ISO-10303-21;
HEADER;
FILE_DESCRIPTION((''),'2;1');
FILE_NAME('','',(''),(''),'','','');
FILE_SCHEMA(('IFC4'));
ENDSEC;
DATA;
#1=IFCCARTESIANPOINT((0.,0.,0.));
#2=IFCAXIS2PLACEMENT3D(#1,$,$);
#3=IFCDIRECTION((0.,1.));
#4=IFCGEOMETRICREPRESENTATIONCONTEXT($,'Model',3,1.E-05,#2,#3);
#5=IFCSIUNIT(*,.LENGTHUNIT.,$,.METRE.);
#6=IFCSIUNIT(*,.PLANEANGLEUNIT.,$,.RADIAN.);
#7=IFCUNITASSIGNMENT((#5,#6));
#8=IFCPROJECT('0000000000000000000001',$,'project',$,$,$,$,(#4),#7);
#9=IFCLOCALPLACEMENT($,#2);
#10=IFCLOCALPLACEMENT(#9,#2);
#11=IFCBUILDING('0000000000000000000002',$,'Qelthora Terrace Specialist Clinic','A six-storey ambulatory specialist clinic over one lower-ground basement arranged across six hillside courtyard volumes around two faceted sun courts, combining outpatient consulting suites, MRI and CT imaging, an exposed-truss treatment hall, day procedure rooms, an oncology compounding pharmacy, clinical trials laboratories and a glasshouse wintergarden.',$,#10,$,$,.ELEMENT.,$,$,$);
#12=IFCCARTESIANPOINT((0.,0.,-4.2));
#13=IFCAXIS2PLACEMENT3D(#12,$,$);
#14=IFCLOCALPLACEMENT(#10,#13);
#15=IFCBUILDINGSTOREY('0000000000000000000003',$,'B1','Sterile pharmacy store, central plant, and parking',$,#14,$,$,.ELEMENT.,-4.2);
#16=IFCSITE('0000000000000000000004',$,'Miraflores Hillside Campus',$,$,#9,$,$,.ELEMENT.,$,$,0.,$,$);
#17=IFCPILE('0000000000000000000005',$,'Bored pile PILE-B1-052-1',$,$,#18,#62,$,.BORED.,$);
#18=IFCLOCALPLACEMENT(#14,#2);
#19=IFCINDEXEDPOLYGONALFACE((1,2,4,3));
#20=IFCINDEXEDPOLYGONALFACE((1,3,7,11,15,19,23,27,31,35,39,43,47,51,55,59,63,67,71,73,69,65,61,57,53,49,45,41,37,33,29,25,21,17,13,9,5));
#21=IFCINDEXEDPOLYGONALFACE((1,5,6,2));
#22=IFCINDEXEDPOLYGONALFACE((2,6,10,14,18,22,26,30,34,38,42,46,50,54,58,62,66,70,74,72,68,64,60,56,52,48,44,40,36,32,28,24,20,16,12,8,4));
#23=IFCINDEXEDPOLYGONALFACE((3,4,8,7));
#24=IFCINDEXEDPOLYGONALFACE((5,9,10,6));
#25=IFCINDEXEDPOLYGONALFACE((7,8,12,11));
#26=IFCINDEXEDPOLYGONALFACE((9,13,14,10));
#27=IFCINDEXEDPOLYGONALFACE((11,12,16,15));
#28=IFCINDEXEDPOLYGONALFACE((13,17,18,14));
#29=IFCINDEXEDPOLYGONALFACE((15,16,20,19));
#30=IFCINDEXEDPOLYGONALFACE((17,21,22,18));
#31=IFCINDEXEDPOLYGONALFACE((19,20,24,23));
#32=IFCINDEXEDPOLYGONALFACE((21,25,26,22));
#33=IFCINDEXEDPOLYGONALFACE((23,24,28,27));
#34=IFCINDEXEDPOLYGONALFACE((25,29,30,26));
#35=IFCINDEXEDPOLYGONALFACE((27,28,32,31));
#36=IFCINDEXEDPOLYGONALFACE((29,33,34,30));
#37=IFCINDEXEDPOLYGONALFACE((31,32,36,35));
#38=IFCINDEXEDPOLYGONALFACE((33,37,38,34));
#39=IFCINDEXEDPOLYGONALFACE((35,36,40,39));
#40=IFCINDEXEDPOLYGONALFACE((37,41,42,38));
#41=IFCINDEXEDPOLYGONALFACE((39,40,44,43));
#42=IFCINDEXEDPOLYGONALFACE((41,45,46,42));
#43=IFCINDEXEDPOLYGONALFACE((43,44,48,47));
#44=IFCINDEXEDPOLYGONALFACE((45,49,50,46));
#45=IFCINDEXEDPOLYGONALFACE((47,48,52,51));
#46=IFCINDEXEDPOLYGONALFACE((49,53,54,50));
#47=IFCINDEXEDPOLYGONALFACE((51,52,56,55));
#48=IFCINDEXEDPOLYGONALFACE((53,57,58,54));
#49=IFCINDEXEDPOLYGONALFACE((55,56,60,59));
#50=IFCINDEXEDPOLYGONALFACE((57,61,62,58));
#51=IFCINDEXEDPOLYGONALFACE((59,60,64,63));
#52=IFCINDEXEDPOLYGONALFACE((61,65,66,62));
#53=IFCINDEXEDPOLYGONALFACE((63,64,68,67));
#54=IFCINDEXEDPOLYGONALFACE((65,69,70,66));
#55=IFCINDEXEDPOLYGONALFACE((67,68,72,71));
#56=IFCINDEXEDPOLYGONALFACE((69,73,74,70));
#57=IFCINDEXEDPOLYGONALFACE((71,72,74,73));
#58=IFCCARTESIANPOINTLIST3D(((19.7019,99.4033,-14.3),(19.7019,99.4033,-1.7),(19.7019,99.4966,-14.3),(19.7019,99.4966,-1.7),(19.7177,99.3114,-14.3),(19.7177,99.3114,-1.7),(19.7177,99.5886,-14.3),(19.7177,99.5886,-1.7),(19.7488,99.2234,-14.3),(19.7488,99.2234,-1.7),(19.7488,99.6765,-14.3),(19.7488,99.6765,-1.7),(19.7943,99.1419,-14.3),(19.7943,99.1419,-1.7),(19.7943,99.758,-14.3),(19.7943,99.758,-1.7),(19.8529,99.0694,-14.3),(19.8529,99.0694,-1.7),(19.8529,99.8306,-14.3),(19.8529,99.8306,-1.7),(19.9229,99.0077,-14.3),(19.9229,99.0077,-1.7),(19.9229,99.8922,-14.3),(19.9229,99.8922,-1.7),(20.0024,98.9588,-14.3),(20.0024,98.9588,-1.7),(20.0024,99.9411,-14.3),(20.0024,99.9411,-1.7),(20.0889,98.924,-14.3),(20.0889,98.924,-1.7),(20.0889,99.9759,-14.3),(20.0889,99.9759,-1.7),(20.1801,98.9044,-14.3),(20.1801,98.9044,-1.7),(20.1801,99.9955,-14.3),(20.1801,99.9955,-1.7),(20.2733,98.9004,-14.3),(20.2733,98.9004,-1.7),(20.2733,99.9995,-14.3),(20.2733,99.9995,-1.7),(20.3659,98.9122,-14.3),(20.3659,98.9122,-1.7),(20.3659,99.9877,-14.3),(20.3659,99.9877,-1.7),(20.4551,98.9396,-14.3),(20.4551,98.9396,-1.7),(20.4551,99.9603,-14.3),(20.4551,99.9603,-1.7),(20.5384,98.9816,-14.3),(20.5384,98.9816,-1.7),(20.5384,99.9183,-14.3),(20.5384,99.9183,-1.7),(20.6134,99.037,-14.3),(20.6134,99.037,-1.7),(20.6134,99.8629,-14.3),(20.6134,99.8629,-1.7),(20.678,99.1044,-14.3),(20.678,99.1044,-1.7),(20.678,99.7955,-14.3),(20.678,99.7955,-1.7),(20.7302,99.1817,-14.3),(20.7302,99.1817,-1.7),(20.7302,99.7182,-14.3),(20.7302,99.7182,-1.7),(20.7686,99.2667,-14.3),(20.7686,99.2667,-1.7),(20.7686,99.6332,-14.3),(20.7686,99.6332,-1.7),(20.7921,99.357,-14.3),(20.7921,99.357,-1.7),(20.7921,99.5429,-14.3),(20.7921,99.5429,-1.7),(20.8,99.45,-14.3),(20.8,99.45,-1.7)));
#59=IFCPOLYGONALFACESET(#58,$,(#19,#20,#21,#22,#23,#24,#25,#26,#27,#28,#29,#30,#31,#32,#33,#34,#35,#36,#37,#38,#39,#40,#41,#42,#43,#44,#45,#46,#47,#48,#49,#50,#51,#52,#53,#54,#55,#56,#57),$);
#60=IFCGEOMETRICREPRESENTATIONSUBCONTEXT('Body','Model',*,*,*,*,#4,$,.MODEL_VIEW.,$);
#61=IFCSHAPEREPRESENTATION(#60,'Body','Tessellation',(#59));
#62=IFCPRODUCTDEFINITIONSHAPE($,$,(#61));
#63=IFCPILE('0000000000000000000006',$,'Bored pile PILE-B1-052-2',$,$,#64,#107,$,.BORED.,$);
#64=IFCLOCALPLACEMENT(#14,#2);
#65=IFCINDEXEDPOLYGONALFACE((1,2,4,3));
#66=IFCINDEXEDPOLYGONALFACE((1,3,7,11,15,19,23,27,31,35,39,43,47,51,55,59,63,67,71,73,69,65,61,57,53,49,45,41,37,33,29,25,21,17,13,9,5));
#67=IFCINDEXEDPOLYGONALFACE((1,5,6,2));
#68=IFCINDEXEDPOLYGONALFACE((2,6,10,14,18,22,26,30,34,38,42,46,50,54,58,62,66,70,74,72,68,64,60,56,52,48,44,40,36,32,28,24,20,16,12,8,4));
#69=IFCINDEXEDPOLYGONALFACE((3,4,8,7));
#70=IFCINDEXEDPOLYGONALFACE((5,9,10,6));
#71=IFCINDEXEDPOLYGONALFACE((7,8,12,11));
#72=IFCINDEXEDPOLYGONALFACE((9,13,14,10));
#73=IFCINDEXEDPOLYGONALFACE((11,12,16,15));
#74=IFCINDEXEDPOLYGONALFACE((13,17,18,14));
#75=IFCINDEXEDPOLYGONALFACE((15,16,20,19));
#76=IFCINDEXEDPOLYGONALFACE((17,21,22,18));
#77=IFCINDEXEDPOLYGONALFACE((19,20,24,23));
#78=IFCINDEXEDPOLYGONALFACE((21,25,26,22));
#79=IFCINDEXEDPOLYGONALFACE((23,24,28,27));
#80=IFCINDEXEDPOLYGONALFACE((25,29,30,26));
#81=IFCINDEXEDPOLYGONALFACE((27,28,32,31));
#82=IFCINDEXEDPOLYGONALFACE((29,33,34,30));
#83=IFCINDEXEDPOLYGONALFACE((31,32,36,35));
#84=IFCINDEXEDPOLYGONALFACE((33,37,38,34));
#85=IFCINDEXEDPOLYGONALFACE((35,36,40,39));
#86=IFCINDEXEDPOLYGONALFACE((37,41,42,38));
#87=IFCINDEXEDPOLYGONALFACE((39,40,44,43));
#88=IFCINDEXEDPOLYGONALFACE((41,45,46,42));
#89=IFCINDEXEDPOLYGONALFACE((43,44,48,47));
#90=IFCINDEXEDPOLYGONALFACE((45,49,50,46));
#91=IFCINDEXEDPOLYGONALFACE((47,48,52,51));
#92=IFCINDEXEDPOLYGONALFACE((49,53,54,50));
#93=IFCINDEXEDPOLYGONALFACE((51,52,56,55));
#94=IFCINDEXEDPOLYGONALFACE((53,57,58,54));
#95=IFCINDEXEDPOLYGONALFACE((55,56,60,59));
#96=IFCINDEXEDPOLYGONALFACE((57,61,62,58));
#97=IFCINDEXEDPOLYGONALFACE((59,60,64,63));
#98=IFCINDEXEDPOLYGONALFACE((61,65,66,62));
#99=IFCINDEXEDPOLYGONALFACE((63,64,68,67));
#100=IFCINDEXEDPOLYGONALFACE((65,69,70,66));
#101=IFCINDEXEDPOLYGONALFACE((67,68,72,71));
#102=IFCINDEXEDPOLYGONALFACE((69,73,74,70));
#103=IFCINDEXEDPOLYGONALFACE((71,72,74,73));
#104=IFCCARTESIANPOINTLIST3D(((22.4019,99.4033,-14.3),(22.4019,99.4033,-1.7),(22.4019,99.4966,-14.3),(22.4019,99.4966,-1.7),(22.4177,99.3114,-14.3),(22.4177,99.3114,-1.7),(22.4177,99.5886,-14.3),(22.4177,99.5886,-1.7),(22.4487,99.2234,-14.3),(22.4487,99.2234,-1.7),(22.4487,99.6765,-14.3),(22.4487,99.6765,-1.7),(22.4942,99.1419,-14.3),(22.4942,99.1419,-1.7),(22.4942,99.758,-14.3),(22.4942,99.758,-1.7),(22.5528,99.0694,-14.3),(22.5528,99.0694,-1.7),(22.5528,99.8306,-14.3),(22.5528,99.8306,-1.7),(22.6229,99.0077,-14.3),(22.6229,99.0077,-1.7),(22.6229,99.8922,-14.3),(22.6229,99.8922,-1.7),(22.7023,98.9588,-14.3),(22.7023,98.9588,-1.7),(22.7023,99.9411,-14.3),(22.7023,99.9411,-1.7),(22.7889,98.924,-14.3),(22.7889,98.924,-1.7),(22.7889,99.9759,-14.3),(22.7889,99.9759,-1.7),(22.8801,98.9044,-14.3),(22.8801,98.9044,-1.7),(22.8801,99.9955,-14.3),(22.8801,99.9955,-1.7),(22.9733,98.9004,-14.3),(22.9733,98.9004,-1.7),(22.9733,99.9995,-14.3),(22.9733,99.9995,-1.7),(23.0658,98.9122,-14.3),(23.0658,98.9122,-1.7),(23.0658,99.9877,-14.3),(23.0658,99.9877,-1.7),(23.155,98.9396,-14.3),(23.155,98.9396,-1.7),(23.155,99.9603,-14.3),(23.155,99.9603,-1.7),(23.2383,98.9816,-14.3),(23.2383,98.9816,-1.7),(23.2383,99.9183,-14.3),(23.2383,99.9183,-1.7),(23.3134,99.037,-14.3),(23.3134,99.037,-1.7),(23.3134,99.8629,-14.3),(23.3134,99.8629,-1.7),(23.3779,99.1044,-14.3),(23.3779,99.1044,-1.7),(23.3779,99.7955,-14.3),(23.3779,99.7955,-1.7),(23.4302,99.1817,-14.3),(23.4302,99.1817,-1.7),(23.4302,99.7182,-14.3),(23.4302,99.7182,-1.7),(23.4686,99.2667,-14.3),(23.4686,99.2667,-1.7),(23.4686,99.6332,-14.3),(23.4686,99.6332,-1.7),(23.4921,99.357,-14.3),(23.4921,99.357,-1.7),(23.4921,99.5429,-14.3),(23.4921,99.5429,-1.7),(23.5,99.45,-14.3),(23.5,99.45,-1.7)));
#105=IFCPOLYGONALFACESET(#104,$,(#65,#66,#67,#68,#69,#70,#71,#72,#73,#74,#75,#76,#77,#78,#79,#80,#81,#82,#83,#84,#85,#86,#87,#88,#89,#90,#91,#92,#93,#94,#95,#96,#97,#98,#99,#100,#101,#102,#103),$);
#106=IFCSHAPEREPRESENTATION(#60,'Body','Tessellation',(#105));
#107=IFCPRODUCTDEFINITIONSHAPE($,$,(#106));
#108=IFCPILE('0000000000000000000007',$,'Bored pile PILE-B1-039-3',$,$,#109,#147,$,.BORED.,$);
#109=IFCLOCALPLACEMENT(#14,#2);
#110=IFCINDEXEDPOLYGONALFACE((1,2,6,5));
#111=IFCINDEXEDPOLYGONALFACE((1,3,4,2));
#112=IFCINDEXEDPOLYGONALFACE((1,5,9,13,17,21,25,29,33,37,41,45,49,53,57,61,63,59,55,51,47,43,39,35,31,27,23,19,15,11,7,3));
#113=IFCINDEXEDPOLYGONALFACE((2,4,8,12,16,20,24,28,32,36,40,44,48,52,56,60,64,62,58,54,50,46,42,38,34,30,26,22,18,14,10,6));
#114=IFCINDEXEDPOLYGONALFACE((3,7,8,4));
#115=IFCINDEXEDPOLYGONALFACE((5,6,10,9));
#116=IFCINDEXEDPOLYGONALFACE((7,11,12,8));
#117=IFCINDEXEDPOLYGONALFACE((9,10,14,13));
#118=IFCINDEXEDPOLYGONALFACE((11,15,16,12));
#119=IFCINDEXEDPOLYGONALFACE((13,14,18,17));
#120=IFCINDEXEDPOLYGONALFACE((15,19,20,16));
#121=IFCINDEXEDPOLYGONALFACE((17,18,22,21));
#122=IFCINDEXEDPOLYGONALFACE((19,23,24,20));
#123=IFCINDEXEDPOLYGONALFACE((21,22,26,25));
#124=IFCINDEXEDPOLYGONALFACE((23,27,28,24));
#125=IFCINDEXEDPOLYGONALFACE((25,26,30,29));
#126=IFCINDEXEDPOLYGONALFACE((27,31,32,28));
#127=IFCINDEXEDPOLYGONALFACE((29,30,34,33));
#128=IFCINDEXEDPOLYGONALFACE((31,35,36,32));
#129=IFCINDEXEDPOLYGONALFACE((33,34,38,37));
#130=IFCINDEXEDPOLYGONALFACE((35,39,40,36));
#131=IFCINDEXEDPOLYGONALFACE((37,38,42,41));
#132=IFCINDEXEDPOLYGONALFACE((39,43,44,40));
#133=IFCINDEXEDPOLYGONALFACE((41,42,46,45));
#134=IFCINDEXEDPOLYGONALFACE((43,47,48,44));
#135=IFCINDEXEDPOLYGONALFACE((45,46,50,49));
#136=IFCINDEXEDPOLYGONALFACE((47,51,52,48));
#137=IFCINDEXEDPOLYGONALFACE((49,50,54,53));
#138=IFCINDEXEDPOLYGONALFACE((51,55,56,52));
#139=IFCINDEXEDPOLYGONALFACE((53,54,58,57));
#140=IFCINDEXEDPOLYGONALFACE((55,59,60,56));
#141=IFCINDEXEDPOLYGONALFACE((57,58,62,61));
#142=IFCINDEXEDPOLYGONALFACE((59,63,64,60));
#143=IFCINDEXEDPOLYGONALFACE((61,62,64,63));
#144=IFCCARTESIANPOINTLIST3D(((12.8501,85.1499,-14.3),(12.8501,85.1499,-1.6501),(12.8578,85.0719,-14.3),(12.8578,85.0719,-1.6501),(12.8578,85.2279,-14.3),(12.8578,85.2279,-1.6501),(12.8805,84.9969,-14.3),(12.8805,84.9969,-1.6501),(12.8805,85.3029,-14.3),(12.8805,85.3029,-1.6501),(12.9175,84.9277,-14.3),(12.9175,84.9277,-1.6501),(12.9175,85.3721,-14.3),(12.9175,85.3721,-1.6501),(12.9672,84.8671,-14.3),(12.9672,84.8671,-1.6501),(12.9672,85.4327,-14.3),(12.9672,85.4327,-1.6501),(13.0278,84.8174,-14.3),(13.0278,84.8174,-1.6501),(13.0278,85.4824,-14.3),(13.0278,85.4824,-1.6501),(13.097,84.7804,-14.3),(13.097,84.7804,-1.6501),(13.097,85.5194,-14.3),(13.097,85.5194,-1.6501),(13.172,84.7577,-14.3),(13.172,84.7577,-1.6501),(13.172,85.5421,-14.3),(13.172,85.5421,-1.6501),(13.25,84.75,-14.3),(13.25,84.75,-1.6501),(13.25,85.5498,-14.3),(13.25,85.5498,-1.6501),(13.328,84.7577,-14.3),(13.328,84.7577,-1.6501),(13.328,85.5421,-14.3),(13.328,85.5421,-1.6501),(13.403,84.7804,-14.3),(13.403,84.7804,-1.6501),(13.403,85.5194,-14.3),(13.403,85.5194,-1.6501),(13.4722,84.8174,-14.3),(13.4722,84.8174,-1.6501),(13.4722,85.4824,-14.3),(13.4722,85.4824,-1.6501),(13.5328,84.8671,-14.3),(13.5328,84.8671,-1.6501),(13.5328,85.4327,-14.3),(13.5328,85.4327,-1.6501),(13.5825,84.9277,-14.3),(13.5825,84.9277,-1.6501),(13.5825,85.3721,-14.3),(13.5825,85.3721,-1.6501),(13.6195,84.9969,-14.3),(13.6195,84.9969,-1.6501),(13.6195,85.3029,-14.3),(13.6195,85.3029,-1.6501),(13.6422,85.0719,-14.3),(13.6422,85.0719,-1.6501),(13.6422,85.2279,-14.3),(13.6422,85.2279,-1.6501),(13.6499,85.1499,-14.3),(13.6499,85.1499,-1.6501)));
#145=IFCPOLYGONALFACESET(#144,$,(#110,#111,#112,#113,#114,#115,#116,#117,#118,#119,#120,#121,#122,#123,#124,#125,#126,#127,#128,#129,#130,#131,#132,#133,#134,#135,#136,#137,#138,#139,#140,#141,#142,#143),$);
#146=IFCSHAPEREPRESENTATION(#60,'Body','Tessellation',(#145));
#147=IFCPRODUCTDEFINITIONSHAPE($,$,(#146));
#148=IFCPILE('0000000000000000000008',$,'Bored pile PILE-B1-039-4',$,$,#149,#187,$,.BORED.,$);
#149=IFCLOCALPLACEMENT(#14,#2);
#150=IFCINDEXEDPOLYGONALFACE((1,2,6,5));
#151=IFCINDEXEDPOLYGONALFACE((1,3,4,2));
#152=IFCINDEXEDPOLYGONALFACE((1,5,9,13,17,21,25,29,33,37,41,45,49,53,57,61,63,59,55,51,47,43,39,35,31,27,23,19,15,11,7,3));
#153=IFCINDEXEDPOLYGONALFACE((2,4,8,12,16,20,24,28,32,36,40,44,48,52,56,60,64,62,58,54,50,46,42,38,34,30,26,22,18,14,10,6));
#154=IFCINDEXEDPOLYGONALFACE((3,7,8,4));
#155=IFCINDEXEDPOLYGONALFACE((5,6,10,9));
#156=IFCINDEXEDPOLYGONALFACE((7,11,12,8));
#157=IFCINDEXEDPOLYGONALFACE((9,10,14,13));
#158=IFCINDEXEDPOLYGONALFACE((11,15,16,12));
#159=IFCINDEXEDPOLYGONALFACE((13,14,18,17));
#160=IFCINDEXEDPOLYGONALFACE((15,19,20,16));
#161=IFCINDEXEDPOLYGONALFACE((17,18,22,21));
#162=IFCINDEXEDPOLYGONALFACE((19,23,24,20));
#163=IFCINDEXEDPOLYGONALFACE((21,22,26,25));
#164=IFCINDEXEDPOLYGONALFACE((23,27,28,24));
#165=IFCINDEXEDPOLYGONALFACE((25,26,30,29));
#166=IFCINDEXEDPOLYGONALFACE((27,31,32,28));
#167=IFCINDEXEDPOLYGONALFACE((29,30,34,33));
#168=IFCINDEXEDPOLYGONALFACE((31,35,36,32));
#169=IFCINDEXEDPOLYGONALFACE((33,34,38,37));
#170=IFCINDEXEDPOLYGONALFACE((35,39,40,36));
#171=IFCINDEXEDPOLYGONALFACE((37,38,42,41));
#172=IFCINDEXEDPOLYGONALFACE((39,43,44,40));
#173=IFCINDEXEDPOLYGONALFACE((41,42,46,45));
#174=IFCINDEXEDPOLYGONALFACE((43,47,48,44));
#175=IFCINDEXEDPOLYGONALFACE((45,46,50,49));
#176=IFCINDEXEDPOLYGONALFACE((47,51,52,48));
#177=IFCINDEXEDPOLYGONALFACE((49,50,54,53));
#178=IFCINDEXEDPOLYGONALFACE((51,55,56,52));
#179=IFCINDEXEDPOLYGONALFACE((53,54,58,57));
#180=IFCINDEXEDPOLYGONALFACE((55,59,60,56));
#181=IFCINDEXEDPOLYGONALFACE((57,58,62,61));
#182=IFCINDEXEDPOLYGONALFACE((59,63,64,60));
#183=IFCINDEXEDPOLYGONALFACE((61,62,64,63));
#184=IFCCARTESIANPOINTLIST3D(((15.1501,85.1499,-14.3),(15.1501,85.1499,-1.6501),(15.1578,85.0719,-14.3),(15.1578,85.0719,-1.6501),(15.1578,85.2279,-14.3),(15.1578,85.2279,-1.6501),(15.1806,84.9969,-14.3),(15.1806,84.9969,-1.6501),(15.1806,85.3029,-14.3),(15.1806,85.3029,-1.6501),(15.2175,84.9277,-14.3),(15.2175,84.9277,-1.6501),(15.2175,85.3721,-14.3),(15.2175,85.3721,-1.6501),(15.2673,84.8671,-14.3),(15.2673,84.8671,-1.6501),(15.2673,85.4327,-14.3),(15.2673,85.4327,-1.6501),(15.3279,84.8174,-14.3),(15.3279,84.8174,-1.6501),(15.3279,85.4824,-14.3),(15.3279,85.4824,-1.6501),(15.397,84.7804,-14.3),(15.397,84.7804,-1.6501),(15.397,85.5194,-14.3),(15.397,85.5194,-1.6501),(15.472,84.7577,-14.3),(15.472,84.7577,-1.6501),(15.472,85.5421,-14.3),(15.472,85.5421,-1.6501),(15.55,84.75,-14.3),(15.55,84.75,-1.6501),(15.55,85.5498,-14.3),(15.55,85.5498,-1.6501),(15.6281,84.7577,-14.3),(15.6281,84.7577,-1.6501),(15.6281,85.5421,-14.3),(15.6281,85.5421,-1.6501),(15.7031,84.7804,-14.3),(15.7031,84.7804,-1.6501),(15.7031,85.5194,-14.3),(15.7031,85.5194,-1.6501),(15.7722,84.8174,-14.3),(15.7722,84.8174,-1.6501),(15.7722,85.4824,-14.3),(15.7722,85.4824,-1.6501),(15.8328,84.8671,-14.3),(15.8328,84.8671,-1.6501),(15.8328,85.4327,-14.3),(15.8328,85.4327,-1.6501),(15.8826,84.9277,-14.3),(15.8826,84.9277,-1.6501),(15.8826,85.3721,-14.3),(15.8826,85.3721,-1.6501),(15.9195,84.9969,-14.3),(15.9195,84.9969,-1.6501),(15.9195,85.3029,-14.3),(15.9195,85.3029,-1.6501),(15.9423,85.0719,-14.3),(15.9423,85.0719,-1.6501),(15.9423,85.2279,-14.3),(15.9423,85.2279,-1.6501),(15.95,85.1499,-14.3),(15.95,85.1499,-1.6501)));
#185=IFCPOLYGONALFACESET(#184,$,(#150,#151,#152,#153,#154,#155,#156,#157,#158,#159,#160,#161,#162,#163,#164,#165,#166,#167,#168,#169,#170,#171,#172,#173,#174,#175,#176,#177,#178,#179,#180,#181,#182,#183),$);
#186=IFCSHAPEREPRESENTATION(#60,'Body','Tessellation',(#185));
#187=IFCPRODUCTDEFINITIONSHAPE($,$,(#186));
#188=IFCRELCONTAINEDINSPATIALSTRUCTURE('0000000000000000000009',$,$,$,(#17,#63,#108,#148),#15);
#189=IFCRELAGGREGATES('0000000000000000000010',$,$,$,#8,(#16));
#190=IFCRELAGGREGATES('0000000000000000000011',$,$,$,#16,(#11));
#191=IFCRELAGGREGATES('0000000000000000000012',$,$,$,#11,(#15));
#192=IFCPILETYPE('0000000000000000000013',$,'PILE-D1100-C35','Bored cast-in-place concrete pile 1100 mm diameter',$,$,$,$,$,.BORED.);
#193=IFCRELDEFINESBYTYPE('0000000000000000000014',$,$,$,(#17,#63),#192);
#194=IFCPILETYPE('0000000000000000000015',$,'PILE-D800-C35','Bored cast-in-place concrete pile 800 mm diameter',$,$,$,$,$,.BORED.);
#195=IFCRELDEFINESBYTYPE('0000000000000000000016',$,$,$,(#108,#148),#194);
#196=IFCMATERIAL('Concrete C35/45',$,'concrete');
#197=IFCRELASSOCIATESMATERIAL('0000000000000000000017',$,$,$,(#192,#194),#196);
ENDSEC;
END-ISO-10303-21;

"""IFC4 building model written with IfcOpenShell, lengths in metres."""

from ifc_helpers import new_model, si_unit, direction, frame, origin, origin_2d, place, context, subcontext, project, spatial, circle, extrude, material, material_profile, profile_set, type_object, element, save


model = new_model("IFC4")

# Units and contexts
model_context = context("Model", 3, precision=1e-05, world=origin(), true_north=direction((0.0, 1.0)))
body_context = subcontext(model_context, "Body", "Model", "MODEL_VIEW")
ifc_project = project(units=[si_unit("LENGTHUNIT", "METRE"), si_unit("PLANEANGLEUNIT", "RADIAN")], contexts=[model_context])

# Site, building, storey
site_placement = place(None, origin())
site = spatial("IfcSite", under=ifc_project, at=site_placement, Name="Miraflores Hillside Campus", CompositionType="ELEMENT", RefElevation=0.0)
building_placement = place(site_placement, origin())
building = spatial("IfcBuilding", under=site, at=building_placement, Name="Qelthora Terrace Specialist Clinic", Description="A six-storey ambulatory specialist clinic over one lower-ground basement arranged across six hillside courtyard volumes around two faceted sun courts, combining outpatient consulting suites, MRI and CT imaging, an exposed-truss treatment hall, day procedure rooms, an oncology compounding pharmacy, clinical trials laboratories and a glasshouse wintergarden.", CompositionType="ELEMENT")
storey_placement = place(building_placement, frame((0.0, 0.0, -4.2)))
storey = spatial("IfcBuildingStorey", under=building, at=storey_placement, Name="B1", Description="Sterile pharmacy store, central plant, and parking", CompositionType="ELEMENT", Elevation=-4.2)

# Shared definitions
ifc_material_1 = material(Name="Concrete C35/45", Category="concrete")

# Piles
ifc_material_profile_1 = material_profile(ifc_material_1, circle(Radius=0.55, at=origin_2d()), Name="PILE1100")
ifc_profile_set_1 = profile_set([ifc_material_profile_1], Name="Concrete C35/45")
pile_type_1 = type_object("IfcPileType", Name="PILE-D1100-C35", Description="Bored cast-in-place concrete pile 1100 mm diameter", PredefinedType="BORED", material=ifc_profile_set_1)
for number, where, z_axis, x_axis, name in (
    (1, (20.25, 99.45, -1.7), (0.0, 0.0, -1.0), (1.0, 0.0, 0.0), "Bored pile PILE-B1-052-1"),
    (2, (22.95, 99.45, -1.7), (0.0, 0.0, -1.0), (1.0, 0.0, 0.0), "Bored pile PILE-B1-052-2"),
):
    element("IfcPile", number, at=place(storey_placement, frame(where, z_axis=z_axis, x_axis=x_axis)), inside=storey, type_object=pile_type_1, Name=name, PredefinedType="BORED", context=body_context, shape_type="SweptSolid", body=[
        extrude(circle(Radius=0.55, at=origin_2d()), origin(), (0.0, 0.0, 1.0), 12.6001),
    ])
ifc_material_profile_2 = material_profile(ifc_material_1, circle(Radius=0.3999, at=origin_2d()), Name="PILE800")
ifc_profile_set_2 = profile_set([ifc_material_profile_2], Name="Concrete C35/45")
pile_type_2 = type_object("IfcPileType", Name="PILE-D800-C35", Description="Bored cast-in-place concrete pile 800 mm diameter", PredefinedType="BORED", material=ifc_profile_set_2)
for number, where, z_axis, x_axis, name in (
    (3, (13.25, 85.1499, -1.6501), (0.0, 0.0, -1.0), (1.0, 0.0, 0.0), "Bored pile PILE-B1-039-3"),
    (4, (15.55, 85.1499, -1.6501), (0.0, 0.0, -1.0), (1.0, 0.0, 0.0), "Bored pile PILE-B1-039-4"),
):
    element("IfcPile", number, at=place(storey_placement, frame(where, z_axis=z_axis, x_axis=x_axis)), inside=storey, type_object=pile_type_2, Name=name, PredefinedType="BORED", context=body_context, shape_type="SweptSolid", body=[
        extrude(circle(Radius=0.3999, at=origin_2d()), origin(), (0.0, 0.0, 1.0), 12.6499),
    ])

save(model, "model.ifc")
